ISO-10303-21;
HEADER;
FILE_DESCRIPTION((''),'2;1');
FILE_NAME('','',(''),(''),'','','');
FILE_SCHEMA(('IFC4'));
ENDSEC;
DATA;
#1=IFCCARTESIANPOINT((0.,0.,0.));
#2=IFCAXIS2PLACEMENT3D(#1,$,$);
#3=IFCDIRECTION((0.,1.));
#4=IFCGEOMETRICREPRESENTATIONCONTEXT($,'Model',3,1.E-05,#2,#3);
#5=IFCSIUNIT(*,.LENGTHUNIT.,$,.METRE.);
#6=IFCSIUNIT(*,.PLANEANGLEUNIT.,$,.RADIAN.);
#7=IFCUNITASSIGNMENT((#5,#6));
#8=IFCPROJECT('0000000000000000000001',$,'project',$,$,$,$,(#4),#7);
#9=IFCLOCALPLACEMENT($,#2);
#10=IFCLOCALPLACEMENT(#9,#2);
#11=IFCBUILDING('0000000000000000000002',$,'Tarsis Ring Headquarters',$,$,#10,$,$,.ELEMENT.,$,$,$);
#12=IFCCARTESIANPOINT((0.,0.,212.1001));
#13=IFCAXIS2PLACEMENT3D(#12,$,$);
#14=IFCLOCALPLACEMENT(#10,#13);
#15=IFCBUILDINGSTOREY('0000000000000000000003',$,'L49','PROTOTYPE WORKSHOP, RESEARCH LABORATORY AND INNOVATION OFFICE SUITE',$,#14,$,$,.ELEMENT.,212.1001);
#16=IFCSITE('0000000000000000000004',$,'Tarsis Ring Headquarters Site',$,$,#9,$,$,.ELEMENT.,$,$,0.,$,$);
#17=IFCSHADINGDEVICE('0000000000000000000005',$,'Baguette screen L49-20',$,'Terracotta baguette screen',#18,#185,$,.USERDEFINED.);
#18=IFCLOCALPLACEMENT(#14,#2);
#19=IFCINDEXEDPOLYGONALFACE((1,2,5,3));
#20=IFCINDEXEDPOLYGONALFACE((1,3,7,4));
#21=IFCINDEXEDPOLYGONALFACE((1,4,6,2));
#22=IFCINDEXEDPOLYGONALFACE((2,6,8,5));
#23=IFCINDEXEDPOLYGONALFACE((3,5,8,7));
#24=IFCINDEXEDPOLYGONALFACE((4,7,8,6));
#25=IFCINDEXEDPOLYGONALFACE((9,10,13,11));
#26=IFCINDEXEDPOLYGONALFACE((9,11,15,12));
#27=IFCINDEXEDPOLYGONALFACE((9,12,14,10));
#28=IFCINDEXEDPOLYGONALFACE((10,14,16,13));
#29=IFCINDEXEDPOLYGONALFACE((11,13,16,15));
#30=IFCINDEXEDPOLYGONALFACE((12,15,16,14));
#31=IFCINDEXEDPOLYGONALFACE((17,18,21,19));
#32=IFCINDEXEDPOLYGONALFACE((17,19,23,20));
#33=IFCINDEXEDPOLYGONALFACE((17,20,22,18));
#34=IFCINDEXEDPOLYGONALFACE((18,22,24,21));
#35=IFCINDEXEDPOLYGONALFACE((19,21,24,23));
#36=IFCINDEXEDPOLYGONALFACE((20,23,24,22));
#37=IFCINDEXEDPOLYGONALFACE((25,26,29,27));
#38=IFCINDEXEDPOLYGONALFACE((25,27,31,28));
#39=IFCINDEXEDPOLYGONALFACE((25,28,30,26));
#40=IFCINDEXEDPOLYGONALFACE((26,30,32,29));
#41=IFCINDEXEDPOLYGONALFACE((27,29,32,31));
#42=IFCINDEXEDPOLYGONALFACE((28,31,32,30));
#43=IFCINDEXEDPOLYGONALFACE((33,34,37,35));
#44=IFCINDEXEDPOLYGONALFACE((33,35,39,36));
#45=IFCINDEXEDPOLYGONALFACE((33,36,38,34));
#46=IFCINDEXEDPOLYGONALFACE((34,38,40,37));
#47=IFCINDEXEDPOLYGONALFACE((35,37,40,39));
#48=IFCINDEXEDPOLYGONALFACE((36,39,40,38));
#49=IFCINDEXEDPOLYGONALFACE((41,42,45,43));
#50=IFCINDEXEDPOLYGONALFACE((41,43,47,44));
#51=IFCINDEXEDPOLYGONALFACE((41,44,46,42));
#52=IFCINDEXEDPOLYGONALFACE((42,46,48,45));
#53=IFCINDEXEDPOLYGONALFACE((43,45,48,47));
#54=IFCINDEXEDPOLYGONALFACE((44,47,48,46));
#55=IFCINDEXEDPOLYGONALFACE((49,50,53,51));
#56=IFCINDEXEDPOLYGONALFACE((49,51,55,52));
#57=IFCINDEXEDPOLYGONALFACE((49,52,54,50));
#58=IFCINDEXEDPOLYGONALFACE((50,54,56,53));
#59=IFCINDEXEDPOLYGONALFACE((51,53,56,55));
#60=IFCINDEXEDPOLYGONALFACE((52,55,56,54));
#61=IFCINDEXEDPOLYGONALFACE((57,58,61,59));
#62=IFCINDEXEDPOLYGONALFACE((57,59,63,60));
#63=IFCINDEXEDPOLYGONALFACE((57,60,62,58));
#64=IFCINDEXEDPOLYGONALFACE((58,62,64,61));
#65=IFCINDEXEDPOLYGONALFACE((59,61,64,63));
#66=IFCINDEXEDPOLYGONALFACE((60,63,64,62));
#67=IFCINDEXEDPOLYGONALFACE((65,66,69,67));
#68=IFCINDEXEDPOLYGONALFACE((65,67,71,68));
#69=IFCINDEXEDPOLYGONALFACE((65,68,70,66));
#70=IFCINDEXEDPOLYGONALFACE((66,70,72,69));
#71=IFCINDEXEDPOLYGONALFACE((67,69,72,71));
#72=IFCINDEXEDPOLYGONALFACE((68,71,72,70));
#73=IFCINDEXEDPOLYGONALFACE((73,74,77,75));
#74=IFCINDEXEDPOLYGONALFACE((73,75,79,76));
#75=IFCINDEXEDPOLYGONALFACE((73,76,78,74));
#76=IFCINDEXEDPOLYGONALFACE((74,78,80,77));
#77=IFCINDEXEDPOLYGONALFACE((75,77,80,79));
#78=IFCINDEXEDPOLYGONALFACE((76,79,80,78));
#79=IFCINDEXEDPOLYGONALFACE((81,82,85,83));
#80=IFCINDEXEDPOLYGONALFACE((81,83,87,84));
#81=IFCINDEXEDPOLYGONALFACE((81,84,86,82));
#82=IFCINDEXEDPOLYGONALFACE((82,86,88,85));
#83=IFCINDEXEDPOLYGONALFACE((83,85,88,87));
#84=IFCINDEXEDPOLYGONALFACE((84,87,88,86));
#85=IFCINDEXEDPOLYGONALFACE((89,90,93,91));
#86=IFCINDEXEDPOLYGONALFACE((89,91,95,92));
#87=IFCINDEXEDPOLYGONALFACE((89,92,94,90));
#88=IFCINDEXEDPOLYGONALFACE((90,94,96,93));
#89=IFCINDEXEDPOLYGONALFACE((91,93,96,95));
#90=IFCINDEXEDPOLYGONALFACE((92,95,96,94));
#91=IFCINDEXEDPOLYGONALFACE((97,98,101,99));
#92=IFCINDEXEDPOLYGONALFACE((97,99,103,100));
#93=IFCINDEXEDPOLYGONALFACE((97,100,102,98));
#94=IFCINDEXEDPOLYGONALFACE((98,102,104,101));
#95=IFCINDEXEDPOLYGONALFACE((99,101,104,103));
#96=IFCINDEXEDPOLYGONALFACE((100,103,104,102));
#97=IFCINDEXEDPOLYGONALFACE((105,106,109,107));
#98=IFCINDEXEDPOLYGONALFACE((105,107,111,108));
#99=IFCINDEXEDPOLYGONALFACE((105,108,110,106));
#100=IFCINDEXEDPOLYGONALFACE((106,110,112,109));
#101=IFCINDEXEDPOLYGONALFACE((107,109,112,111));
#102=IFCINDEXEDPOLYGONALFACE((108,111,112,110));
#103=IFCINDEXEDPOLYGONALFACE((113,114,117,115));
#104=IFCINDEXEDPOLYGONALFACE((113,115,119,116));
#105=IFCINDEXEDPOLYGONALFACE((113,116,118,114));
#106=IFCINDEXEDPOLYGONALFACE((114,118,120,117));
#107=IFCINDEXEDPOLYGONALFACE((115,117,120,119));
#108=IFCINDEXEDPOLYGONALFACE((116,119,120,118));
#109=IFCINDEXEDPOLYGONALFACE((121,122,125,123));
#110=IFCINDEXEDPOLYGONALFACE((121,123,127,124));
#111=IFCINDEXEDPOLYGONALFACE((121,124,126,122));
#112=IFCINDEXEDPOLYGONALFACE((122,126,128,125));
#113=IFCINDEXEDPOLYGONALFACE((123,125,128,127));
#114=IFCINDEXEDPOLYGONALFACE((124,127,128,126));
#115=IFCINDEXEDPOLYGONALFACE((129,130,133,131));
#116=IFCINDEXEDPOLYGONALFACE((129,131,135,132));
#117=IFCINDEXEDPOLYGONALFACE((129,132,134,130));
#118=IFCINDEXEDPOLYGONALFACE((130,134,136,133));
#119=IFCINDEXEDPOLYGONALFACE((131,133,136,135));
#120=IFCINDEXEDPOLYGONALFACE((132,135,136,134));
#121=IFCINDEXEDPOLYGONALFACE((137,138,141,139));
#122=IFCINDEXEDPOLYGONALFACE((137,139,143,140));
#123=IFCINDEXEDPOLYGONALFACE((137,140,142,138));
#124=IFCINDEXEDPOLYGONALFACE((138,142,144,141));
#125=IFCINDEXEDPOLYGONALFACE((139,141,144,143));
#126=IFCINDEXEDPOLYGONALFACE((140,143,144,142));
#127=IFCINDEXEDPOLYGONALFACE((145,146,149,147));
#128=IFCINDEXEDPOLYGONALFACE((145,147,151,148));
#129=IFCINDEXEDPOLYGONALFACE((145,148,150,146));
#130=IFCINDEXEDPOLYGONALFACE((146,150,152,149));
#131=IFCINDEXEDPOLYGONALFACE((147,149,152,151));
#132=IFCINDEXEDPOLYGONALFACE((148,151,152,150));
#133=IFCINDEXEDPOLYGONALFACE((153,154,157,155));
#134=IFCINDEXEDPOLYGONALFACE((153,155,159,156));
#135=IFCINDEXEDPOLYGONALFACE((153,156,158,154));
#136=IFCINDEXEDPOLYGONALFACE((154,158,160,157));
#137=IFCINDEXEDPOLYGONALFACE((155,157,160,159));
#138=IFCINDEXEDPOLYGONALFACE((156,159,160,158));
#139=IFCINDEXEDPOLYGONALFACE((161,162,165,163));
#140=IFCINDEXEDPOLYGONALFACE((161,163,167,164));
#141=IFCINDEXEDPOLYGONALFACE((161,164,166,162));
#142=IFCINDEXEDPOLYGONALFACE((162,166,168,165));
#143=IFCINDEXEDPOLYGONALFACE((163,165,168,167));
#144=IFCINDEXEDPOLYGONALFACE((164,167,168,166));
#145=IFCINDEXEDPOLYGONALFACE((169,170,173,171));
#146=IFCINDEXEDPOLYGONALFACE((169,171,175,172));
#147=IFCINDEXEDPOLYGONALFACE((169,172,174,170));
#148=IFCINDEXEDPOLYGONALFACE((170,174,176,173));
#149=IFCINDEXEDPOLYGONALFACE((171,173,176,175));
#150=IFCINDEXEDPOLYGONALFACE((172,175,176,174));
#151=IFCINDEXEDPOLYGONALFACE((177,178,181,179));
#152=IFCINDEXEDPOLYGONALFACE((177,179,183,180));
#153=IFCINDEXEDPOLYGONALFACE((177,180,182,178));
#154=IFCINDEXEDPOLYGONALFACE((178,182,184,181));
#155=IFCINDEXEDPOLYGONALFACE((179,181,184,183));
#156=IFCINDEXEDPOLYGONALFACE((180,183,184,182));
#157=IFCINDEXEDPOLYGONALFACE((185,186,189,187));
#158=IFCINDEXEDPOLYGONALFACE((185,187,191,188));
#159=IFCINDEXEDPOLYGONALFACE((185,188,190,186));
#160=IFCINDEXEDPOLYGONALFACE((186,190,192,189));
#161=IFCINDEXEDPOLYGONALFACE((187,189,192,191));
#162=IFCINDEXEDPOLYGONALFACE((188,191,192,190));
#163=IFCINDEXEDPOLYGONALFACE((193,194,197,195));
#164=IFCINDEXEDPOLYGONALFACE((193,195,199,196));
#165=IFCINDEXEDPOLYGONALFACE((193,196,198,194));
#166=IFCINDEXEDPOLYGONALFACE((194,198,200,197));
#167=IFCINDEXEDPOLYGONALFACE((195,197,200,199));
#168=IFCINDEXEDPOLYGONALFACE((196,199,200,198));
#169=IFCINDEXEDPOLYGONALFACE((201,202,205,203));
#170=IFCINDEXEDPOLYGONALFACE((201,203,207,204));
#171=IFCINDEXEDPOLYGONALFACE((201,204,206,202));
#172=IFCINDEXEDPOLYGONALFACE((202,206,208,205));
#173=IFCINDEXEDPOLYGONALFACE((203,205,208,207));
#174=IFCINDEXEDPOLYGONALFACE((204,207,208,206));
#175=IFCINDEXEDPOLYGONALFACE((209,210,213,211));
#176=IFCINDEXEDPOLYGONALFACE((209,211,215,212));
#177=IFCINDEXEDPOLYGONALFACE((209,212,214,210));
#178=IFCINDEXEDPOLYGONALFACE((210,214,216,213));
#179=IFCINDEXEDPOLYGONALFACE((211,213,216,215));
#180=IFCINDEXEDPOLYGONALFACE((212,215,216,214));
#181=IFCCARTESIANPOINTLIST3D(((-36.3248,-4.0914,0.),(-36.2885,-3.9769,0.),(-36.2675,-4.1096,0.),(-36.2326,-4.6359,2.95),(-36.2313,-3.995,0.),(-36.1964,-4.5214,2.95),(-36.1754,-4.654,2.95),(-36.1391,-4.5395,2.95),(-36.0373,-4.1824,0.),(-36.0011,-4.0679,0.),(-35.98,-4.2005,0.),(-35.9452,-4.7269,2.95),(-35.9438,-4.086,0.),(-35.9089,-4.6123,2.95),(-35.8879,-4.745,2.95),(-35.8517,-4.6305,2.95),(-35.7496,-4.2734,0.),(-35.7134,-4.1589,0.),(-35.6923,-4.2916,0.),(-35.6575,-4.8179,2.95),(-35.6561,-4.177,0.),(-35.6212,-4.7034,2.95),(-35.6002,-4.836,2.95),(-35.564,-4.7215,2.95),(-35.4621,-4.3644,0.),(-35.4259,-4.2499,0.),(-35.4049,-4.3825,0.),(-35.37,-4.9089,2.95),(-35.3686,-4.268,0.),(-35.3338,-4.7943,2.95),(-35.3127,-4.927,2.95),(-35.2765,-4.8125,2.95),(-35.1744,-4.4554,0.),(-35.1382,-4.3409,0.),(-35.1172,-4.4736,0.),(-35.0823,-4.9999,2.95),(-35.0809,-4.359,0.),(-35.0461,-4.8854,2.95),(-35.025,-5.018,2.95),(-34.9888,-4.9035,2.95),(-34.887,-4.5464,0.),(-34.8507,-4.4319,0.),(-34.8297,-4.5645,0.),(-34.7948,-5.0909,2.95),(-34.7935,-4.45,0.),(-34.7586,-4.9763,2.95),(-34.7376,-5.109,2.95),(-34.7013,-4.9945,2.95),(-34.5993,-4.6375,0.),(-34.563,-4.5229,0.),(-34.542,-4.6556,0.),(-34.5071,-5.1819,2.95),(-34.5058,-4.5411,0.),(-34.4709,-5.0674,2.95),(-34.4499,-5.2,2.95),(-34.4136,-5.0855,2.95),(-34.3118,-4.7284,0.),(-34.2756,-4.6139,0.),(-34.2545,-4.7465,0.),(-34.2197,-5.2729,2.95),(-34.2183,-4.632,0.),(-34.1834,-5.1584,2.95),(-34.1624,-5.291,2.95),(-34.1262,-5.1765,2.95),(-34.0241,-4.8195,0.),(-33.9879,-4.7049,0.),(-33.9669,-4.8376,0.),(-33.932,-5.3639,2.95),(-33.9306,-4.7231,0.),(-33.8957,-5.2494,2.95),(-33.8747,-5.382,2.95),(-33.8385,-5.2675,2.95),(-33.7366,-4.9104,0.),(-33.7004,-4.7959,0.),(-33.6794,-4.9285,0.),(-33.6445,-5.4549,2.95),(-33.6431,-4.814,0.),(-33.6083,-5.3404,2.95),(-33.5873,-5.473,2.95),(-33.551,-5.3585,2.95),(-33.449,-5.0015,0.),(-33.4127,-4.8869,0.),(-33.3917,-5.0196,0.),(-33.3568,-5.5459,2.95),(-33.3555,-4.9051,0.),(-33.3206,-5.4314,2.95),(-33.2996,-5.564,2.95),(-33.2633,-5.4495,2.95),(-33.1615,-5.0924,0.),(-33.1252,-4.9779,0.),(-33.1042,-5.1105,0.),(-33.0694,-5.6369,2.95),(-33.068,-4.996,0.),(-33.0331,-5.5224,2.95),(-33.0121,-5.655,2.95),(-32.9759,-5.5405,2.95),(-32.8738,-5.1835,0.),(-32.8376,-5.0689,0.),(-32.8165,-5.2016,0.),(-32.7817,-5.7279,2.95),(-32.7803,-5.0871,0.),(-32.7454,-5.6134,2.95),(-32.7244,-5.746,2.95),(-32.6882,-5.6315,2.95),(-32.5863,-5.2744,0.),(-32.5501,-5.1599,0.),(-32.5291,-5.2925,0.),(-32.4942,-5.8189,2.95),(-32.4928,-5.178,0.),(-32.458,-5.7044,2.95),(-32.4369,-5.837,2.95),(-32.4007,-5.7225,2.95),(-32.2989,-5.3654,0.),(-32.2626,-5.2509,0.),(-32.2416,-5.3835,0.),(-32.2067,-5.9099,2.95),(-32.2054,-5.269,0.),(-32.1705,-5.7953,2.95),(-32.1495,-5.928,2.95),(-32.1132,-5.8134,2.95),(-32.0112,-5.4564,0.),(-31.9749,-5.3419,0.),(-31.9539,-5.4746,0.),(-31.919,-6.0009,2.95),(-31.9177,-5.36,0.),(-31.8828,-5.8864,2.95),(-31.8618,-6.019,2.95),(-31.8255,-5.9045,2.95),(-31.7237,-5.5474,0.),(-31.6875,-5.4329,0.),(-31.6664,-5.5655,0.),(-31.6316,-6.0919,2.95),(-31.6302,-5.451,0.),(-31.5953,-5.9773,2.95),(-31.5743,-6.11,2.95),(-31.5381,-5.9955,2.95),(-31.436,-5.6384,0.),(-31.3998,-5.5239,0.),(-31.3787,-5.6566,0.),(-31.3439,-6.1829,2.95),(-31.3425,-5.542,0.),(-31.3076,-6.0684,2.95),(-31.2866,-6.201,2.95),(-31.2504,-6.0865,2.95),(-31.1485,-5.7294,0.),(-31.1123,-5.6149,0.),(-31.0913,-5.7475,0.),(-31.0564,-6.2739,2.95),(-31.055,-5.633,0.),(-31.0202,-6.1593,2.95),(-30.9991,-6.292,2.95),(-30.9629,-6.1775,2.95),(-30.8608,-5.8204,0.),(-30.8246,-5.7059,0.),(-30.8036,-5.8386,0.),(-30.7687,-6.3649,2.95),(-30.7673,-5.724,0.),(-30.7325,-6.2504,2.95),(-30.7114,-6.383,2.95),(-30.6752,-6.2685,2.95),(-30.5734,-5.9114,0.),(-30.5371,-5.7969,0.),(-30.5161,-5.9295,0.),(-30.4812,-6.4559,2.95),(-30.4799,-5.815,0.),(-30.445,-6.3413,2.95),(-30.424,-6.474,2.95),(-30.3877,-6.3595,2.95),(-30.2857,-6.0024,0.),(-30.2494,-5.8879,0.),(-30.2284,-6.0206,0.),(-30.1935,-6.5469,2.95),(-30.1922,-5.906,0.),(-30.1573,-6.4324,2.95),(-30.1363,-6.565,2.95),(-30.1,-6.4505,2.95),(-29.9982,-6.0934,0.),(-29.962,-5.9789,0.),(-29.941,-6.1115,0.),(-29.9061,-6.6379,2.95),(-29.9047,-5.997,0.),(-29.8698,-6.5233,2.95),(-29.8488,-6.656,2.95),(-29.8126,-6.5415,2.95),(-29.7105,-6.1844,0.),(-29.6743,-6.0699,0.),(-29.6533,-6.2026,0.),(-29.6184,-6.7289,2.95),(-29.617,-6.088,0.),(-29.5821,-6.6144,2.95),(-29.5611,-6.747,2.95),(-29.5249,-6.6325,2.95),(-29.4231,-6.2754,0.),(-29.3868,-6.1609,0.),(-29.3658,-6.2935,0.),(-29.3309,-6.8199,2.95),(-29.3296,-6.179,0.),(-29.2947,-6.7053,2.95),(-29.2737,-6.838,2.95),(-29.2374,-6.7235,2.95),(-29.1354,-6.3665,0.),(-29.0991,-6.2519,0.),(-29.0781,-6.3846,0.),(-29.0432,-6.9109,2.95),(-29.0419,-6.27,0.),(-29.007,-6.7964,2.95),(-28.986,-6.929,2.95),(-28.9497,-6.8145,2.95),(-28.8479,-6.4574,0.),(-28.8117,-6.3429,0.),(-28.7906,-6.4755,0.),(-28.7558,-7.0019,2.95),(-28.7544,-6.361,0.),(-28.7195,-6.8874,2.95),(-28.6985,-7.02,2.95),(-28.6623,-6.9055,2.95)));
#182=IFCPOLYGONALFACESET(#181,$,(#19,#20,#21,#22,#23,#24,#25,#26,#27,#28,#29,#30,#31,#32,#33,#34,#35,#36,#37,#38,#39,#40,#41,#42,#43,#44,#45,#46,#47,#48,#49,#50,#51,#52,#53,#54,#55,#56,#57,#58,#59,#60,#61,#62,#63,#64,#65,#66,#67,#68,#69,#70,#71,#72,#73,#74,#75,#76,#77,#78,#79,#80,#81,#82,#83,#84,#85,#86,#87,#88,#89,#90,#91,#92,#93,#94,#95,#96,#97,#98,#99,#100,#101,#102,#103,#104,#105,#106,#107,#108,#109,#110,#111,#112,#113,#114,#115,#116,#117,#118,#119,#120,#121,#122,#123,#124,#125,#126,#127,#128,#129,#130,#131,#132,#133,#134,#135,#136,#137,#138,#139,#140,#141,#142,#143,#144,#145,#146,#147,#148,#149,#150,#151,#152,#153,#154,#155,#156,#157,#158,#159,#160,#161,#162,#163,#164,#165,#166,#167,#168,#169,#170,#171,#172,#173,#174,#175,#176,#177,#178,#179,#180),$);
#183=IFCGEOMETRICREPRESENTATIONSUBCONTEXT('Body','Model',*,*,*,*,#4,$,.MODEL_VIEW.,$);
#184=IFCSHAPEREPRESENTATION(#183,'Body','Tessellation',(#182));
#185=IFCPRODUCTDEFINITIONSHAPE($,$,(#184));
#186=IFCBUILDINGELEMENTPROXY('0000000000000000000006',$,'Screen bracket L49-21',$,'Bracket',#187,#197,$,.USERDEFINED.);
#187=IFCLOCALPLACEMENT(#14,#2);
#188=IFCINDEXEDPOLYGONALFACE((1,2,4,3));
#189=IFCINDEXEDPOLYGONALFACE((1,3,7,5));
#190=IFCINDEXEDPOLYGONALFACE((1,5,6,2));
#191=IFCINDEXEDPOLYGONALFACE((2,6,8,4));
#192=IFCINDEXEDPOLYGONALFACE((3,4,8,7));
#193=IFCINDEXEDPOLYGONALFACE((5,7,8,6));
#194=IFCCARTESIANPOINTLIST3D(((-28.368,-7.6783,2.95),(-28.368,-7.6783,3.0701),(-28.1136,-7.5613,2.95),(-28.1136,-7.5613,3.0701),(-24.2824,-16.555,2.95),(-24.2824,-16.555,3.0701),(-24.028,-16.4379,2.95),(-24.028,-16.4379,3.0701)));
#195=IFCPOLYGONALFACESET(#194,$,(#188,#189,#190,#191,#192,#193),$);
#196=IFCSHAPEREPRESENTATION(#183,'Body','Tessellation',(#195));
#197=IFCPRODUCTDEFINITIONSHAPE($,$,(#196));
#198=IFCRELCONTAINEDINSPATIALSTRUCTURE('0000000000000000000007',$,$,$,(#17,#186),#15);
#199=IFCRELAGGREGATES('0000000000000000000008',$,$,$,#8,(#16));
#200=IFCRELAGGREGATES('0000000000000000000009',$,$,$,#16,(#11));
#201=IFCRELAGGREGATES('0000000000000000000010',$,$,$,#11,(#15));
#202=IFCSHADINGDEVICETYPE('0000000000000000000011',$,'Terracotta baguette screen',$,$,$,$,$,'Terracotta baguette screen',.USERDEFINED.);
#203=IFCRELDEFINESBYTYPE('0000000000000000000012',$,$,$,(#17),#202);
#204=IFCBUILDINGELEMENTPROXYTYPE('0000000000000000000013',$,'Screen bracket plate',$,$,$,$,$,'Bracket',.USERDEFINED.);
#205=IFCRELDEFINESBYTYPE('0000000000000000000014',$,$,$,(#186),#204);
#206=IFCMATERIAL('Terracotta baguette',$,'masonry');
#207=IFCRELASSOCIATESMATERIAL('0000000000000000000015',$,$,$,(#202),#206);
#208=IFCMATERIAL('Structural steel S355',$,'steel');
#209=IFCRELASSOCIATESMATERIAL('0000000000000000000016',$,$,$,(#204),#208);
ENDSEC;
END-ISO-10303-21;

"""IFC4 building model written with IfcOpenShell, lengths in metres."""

from ifc_helpers import new_model, si_unit, direction, frame, frame_2d, origin, origin_2d, place, context, subcontext, project, spatial, rectangle, composite_profile, extrude, material, type_object, element, save


model = new_model("IFC4")

# Units and contexts
model_context = context("Model", 3, precision=1e-05, world=origin(), true_north=direction((0.0, 1.0)))
body_context = subcontext(model_context, "Body", "Model", "MODEL_VIEW")
ifc_project = project(units=[si_unit("LENGTHUNIT", "METRE"), si_unit("PLANEANGLEUNIT", "RADIAN")], contexts=[model_context])

# Site, building, storey
site_placement = place(None, origin())
site = spatial("IfcSite", under=ifc_project, at=site_placement, Name="Tarsis Ring Headquarters Site", CompositionType="ELEMENT", RefElevation=0.0)
building_placement = place(site_placement, origin())
building = spatial("IfcBuilding", under=site, at=building_placement, Name="Tarsis Ring Headquarters", CompositionType="ELEMENT")
storey_placement = place(building_placement, frame((0.0, 0.0, 212.1001)))
storey = spatial("IfcBuildingStorey", under=building, at=storey_placement, Name="L49", Description="PROTOTYPE WORKSHOP, RESEARCH LABORATORY AND INNOVATION OFFICE SUITE", CompositionType="ELEMENT", Elevation=212.1001)

# Shared definitions
ifc_material_1 = material(Name="Structural steel S355", Category="steel")

# Shading device
ifc_material_2 = material(Name="Terracotta baguette", Category="masonry")
shading_device_type = type_object("IfcShadingDeviceType", Name="Terracotta baguette screen", ElementType="Terracotta baguette screen", PredefinedType="USERDEFINED", material=ifc_material_2)
shading_device_1_placement = place(storey_placement, frame((-36.3066, -4.0342, 0.0), z_axis=(0.0, 0.0, 1.0), x_axis=(0.953409, -0.301696, 0.0)))
element("IfcShadingDevice", 1, at=shading_device_1_placement, inside=storey, type_object=shading_device_type, Name="Baguette screen L49-20", ObjectType="Terracotta baguette screen", PredefinedType="USERDEFINED", context=body_context, shape_type="SweptSolid", body=[
    extrude(composite_profile([rectangle(XDim=0.0601, YDim=0.1201, at=frame_2d((0.03, 0.0))), rectangle(XDim=0.0601, YDim=0.1201, at=frame_2d((0.3315, 0.0))), rectangle(XDim=0.0601, YDim=0.1201, at=frame_2d((0.6333, 0.0))), rectangle(XDim=0.0601, YDim=0.1201, at=frame_2d((0.9348, 0.0))), rectangle(XDim=0.0601, YDim=0.1201, at=frame_2d((1.2366, 0.0))), rectangle(XDim=0.0601, YDim=0.1201, at=frame_2d((1.5381, 0.0))), rectangle(XDim=0.0601, YDim=0.1201, at=frame_2d((1.8398, 0.0))), rectangle(XDim=0.0601, YDim=0.1201, at=frame_2d((2.1414, 0.0))), rectangle(XDim=0.0601, YDim=0.1201, at=frame_2d((2.4431, 0.0))), rectangle(XDim=0.0601, YDim=0.1201, at=frame_2d((2.7446, 0.0))), rectangle(XDim=0.0601, YDim=0.1201, at=frame_2d((3.0464, 0.0))), rectangle(XDim=0.0601, YDim=0.1201, at=frame_2d((3.3479, 0.0))), rectangle(XDim=0.0601, YDim=0.1201, at=frame_2d((3.6497, 0.0))), rectangle(XDim=0.0601, YDim=0.1201, at=frame_2d((3.9512, 0.0))), rectangle(XDim=0.0601, YDim=0.1201, at=frame_2d((4.2527, 0.0))), rectangle(XDim=0.0601, YDim=0.1201, at=frame_2d((4.5544, 0.0))), rectangle(XDim=0.0601, YDim=0.1201, at=frame_2d((4.856, 0.0))), rectangle(XDim=0.0601, YDim=0.1201, at=frame_2d((5.1577, 0.0))), rectangle(XDim=0.0601, YDim=0.1201, at=frame_2d((5.4592, 0.0))), rectangle(XDim=0.0601, YDim=0.1201, at=frame_2d((5.761, 0.0))), rectangle(XDim=0.0601, YDim=0.1201, at=frame_2d((6.0625, 0.0))), rectangle(XDim=0.0601, YDim=0.1201, at=frame_2d((6.3643, 0.0))), rectangle(XDim=0.0601, YDim=0.1201, at=frame_2d((6.6658, 0.0))), rectangle(XDim=0.0601, YDim=0.1201, at=frame_2d((6.9675, 0.0))), rectangle(XDim=0.0601, YDim=0.1201, at=frame_2d((7.269, 0.0))), rectangle(XDim=0.0601, YDim=0.1201, at=frame_2d((7.5708, 0.0))), rectangle(XDim=0.0601, YDim=0.1201, at=frame_2d((7.8723, 0.0)))]), origin(), (0.083998, -0.163698, 0.982928), 3.0012),
])

# Building element proxy
building_element_proxy_type = type_object("IfcBuildingElementProxyType", Name="Screen bracket plate", ElementType="Bracket", PredefinedType="USERDEFINED", material=ifc_material_1)
proxy_placement = place(storey_placement, frame((-26.198, -12.0581, 2.95), z_axis=(0.0, 0.0, 1.0), x_axis=(0.418105, -0.908399, 0.0)))
element("IfcBuildingElementProxy", 2, at=proxy_placement, inside=storey, type_object=building_element_proxy_type, Name="Screen bracket L49-21", ObjectType="Bracket", PredefinedType="USERDEFINED", context=body_context, shape_type="SweptSolid", body=[
    extrude(rectangle(XDim=9.7717, YDim=0.28, at=origin_2d()), origin(), (0.0, 0.0, 1.0), 0.1201),
])

save(model, "model.ifc")
